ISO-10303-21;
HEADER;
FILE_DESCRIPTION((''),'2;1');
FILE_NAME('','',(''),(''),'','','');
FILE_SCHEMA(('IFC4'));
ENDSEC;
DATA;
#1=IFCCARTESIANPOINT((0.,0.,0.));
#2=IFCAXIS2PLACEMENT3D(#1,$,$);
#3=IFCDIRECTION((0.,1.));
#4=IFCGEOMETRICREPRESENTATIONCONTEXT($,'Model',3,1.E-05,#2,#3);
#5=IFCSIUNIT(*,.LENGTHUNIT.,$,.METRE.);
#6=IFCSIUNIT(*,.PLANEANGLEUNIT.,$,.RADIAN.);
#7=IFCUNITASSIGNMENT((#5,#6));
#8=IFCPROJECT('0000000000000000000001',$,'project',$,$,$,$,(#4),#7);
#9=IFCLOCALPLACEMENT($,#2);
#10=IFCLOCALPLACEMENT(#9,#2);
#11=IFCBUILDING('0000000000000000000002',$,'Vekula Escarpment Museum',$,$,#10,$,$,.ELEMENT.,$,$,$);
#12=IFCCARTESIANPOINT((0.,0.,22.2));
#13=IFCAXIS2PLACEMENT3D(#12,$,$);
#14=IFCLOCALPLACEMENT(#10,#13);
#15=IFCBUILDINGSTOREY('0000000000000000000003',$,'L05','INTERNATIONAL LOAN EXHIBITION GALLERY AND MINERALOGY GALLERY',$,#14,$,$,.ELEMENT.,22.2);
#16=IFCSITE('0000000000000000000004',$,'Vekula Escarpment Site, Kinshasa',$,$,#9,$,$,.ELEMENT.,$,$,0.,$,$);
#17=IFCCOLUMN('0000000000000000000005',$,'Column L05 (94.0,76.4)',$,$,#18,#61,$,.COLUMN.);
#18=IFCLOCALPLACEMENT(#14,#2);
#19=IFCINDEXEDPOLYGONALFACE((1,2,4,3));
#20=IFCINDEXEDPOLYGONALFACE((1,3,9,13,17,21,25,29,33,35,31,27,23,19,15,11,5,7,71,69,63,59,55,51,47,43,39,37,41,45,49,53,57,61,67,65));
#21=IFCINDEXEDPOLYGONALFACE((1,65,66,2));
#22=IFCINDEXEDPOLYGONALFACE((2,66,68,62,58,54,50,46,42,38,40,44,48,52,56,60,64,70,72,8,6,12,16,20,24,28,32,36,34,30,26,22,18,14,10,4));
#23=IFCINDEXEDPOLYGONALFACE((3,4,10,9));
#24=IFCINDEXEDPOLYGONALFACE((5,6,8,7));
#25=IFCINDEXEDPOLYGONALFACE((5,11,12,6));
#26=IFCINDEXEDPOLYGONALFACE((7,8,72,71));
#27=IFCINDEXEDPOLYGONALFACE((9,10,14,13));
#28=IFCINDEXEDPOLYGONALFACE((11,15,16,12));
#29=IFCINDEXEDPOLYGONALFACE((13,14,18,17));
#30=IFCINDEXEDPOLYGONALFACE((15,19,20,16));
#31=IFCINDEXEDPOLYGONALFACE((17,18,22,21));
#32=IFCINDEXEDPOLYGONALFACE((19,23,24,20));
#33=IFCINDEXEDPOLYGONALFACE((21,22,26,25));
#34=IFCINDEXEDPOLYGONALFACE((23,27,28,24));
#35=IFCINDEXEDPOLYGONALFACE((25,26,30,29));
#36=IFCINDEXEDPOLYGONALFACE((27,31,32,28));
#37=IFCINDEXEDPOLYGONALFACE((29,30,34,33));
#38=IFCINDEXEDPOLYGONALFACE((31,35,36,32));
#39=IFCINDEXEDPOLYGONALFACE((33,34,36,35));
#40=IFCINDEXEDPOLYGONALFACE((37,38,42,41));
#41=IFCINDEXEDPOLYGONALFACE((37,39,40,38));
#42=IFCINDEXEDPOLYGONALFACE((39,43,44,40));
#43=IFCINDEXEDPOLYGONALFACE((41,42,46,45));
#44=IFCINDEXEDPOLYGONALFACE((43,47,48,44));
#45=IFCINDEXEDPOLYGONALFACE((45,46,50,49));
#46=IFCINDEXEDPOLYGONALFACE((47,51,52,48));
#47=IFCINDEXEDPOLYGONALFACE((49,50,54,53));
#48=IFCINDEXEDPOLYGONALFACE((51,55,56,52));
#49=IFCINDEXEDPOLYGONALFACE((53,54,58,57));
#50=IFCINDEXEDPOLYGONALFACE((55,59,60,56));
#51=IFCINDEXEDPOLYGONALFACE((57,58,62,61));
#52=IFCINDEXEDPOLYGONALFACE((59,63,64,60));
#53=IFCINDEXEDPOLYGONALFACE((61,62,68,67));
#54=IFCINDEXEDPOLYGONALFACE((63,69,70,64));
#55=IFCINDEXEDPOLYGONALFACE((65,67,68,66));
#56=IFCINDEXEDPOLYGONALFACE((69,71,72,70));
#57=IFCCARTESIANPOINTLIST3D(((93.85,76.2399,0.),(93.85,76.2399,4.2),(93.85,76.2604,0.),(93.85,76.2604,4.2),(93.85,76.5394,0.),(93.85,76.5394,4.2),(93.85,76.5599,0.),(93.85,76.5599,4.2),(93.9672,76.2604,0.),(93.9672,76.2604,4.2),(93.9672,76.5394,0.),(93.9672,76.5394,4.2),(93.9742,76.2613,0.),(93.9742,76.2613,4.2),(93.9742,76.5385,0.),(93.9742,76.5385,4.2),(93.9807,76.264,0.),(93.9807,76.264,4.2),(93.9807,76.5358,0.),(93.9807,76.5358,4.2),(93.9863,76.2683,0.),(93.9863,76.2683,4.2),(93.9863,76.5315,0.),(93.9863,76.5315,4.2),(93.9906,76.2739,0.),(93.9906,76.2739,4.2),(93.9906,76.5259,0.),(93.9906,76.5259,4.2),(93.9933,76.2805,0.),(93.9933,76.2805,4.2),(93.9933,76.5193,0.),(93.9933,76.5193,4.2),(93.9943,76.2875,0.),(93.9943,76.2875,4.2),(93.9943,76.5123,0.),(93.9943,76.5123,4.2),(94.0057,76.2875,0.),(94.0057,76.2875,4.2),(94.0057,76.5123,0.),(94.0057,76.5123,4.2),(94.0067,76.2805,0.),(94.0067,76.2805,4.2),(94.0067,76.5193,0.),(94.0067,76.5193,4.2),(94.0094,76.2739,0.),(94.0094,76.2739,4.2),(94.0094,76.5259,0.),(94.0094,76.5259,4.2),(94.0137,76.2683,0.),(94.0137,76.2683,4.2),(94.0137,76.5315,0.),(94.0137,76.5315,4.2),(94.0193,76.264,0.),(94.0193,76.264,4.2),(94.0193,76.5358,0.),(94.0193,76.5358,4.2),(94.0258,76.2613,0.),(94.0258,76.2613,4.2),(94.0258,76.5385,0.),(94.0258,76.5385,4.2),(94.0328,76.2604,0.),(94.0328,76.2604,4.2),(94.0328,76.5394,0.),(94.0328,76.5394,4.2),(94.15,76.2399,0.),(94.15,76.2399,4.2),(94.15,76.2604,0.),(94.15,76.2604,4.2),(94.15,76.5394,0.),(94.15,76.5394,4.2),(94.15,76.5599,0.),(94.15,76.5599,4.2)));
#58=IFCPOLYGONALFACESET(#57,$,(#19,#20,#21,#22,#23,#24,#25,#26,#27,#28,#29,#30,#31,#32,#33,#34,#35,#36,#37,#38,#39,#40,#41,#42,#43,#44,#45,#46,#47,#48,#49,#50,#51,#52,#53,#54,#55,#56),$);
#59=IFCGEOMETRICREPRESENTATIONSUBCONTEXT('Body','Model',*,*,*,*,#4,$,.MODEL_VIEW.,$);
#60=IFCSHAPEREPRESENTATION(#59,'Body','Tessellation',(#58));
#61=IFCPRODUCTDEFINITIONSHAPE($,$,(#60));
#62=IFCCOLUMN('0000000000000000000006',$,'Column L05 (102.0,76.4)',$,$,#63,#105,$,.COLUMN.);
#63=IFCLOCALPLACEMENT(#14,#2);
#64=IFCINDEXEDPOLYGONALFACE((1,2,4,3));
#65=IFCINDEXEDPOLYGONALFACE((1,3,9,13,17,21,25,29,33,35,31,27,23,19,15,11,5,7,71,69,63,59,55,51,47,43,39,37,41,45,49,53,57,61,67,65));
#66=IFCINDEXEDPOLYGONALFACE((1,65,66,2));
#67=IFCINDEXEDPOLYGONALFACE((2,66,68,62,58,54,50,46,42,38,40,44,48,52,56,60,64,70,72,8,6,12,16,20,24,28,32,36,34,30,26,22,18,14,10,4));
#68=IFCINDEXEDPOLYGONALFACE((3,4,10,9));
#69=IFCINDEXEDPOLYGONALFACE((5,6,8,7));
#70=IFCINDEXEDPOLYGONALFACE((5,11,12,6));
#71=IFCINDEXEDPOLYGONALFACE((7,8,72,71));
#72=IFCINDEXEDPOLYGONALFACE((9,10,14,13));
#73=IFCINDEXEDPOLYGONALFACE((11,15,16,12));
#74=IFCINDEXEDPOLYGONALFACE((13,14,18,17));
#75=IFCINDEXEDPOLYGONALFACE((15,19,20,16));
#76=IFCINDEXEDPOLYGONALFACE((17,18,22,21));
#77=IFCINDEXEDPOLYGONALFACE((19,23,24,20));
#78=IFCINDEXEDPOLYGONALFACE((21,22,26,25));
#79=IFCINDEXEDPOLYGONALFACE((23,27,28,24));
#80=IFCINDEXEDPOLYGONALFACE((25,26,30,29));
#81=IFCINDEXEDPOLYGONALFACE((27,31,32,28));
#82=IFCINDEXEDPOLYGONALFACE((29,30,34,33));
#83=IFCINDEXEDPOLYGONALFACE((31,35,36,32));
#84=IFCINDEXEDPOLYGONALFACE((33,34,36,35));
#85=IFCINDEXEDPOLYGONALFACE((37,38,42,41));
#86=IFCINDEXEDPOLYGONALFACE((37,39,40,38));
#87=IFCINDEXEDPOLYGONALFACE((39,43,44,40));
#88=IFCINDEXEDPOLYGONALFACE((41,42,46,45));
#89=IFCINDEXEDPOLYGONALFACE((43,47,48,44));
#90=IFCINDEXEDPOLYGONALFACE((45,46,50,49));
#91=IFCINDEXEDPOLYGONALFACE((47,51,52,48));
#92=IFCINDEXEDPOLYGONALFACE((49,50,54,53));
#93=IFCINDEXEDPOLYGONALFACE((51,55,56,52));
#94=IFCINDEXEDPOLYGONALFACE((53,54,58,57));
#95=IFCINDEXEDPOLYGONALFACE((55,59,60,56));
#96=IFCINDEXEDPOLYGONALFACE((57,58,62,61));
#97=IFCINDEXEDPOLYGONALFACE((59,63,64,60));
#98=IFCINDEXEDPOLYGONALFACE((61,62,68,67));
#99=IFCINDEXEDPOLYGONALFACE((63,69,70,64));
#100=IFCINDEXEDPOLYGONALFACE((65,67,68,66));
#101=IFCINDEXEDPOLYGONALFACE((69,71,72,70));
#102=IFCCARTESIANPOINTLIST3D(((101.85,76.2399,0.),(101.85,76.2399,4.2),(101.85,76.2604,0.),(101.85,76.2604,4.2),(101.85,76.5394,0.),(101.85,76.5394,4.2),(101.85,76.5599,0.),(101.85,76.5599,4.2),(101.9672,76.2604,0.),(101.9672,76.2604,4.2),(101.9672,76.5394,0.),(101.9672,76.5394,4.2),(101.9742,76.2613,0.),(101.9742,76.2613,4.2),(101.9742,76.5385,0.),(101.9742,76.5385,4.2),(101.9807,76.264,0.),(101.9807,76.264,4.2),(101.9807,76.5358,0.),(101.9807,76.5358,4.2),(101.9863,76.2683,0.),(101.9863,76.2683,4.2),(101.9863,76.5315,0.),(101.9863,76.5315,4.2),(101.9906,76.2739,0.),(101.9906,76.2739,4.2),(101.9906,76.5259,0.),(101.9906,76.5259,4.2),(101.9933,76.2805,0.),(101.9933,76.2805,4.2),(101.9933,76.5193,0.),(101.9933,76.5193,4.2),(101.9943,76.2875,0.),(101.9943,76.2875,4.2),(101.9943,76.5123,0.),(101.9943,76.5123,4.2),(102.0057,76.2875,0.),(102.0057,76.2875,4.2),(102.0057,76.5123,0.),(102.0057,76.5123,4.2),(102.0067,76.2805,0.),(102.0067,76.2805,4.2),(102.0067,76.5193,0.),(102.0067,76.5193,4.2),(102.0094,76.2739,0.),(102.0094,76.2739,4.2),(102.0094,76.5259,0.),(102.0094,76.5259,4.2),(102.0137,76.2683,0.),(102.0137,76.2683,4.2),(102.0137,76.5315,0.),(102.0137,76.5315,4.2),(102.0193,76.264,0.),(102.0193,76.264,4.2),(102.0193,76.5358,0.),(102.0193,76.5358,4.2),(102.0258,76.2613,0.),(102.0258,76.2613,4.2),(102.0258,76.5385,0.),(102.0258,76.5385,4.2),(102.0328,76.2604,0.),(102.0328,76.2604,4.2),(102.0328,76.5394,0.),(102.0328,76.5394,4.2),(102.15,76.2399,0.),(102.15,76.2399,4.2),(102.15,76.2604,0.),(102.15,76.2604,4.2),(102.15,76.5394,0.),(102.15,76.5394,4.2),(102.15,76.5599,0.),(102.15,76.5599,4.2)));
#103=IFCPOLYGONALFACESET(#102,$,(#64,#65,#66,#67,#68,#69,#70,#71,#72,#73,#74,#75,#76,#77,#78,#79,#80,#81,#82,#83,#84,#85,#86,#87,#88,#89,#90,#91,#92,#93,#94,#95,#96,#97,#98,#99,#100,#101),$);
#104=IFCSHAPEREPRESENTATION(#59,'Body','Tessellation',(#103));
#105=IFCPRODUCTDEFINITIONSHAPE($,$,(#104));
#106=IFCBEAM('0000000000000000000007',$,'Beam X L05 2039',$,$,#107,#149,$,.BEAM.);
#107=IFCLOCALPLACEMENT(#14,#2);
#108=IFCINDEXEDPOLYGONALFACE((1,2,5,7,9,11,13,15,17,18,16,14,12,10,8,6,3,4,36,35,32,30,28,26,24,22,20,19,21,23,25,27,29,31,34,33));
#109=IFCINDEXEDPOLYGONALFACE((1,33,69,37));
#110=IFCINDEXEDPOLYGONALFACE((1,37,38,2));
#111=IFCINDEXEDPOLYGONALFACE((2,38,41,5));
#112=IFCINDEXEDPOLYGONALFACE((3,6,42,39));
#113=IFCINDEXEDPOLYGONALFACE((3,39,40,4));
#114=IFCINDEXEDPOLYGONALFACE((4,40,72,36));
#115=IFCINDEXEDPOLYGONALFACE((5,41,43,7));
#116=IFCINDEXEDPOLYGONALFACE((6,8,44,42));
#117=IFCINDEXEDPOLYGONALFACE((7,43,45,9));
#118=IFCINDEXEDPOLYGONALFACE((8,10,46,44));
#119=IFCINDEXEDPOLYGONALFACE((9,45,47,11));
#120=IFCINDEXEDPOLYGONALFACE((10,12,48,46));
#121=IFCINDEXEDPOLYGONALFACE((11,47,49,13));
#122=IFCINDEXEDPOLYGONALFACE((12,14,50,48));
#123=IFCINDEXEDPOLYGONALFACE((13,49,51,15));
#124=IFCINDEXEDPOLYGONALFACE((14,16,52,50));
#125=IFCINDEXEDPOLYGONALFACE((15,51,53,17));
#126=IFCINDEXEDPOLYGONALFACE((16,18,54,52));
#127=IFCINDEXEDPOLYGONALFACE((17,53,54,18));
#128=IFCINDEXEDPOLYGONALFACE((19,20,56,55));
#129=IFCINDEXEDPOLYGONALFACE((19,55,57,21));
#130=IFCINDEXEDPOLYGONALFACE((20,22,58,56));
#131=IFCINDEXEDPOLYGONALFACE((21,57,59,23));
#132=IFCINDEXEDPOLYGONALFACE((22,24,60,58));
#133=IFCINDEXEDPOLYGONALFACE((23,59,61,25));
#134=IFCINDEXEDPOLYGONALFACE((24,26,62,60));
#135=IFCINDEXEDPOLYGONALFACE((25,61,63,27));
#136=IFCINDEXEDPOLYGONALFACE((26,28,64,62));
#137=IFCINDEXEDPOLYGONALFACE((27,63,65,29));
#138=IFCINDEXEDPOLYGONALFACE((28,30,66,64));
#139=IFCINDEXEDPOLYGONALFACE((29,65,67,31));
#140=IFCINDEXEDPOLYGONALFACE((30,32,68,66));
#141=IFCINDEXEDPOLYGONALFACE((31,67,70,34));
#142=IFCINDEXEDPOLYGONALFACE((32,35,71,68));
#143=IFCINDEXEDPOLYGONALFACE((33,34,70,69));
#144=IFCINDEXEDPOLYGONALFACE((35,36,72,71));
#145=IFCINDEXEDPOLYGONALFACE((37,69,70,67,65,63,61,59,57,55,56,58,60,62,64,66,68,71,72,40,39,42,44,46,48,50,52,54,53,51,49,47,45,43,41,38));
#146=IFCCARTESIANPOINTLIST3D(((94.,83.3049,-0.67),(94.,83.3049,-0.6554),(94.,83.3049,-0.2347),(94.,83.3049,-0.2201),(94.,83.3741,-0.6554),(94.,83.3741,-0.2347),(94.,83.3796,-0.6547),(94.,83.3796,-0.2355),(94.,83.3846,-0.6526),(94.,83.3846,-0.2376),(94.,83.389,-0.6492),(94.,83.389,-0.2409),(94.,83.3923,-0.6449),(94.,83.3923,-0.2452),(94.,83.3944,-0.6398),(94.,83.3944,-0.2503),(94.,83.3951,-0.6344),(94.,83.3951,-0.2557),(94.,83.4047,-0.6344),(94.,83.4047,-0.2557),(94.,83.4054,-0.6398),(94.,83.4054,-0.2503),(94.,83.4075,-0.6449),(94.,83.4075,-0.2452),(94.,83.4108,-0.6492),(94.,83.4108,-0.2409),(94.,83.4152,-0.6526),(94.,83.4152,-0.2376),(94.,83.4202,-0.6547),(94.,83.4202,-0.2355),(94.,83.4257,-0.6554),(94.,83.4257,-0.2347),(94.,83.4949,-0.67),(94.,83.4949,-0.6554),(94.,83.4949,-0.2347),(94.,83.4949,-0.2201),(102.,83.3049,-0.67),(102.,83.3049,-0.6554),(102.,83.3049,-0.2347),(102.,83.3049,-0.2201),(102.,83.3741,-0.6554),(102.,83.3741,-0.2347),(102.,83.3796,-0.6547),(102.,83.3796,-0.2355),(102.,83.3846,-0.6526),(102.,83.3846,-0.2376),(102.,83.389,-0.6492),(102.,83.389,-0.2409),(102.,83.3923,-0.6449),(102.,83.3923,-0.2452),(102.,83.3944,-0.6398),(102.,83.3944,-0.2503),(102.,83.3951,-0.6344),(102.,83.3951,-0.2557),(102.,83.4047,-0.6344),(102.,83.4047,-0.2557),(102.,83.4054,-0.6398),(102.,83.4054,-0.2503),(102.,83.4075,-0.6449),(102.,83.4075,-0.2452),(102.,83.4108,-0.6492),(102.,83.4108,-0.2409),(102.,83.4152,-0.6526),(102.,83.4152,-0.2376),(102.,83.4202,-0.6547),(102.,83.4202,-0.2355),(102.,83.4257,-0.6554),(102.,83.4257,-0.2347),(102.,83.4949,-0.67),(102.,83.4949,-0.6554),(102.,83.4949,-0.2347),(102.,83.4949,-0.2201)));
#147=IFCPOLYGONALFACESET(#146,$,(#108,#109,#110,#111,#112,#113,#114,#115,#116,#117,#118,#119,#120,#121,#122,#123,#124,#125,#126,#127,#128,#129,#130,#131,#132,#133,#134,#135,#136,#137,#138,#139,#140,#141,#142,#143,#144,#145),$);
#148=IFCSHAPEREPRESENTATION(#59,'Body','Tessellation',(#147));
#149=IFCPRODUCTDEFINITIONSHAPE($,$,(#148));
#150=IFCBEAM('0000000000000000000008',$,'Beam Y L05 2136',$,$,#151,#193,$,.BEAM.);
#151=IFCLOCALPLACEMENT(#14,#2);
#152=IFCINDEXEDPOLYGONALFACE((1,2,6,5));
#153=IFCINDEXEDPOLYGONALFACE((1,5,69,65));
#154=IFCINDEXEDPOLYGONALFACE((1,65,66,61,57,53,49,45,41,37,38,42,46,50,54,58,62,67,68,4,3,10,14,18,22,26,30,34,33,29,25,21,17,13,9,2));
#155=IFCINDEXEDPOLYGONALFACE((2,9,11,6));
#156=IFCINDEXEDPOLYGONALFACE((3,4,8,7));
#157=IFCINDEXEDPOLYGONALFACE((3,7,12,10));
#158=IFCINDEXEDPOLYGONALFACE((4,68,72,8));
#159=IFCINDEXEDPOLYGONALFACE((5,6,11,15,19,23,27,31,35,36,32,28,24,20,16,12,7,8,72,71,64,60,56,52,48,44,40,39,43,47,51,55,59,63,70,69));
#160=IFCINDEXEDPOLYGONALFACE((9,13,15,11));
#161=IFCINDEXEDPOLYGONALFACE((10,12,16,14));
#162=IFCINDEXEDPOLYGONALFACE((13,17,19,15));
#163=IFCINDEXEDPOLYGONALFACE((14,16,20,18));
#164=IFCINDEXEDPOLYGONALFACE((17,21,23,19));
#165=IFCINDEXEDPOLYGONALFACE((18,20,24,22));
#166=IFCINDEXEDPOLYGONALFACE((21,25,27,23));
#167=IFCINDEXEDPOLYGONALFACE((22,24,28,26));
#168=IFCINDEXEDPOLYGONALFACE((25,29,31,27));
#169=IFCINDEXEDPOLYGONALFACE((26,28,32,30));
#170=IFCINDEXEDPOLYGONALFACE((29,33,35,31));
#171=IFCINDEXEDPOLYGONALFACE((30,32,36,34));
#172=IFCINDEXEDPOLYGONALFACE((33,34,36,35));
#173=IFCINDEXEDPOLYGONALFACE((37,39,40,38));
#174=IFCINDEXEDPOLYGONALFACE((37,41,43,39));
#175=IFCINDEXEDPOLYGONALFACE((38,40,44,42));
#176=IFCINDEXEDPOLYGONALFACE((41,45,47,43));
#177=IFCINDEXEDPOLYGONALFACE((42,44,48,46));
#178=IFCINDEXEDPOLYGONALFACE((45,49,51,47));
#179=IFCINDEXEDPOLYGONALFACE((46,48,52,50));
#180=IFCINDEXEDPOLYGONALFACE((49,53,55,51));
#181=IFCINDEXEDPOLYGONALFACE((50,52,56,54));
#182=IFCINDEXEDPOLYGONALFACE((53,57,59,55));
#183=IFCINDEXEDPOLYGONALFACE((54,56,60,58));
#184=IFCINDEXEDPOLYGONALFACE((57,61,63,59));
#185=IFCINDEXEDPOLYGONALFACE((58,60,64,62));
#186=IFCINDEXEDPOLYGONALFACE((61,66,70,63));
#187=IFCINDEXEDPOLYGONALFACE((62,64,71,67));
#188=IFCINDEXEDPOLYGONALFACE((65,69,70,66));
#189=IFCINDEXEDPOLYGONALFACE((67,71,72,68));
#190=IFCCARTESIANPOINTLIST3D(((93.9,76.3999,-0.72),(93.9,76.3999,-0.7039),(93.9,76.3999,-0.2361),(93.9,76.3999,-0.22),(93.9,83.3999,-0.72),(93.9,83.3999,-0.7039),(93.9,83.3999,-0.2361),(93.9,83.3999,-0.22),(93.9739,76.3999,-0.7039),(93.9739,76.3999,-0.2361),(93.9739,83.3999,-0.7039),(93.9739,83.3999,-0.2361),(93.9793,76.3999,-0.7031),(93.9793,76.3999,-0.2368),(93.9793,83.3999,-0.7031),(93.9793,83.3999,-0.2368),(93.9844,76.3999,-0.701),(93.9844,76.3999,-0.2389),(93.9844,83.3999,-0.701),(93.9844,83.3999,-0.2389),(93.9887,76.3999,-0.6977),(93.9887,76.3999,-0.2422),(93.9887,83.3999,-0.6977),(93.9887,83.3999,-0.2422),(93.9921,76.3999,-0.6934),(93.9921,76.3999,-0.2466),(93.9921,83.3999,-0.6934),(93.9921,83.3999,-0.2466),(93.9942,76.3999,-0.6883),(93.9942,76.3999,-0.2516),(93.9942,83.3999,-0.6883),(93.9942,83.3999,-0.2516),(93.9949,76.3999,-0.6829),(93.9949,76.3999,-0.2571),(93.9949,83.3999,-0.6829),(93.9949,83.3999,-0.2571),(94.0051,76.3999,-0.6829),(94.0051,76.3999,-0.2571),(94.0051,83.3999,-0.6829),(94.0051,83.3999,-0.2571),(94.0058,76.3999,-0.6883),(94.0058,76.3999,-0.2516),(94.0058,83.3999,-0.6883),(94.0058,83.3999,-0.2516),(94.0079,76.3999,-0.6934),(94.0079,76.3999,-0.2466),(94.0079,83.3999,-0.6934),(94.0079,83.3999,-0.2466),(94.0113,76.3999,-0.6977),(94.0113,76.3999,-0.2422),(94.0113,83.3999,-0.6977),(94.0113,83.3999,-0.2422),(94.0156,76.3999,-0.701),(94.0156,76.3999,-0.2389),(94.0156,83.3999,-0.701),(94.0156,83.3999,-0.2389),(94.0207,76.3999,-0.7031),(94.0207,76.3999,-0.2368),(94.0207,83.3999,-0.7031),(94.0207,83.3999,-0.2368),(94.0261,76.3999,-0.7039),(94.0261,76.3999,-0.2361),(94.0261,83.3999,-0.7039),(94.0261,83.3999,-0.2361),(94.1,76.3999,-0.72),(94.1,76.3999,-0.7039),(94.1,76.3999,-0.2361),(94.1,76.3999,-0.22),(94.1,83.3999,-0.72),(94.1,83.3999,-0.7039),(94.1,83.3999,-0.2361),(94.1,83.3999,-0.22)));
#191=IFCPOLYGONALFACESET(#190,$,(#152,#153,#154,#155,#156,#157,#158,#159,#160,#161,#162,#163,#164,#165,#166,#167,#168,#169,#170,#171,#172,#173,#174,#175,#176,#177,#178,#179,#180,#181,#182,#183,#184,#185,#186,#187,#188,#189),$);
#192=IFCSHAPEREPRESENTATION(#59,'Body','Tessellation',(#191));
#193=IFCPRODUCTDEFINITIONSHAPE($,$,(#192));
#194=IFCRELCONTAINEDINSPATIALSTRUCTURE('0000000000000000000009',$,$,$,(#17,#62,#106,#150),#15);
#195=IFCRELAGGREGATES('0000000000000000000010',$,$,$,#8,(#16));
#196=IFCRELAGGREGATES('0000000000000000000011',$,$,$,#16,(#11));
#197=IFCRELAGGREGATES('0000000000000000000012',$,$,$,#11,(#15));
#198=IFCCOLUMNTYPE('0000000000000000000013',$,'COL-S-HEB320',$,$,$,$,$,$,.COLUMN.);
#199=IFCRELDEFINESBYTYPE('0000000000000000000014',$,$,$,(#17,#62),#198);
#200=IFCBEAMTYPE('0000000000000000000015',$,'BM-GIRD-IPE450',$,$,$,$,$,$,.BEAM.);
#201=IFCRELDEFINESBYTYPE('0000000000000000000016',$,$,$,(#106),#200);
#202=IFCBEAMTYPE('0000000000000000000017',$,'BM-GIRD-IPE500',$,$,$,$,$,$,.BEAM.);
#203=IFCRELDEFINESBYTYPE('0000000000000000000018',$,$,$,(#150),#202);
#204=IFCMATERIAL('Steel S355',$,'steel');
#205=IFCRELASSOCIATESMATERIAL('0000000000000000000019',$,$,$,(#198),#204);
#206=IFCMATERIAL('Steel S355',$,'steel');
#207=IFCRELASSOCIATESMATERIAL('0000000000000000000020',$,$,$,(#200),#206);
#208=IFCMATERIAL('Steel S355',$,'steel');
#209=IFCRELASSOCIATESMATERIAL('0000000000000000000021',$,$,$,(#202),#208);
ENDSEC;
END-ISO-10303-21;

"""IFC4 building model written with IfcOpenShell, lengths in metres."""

from ifc_helpers import new_model, si_unit, direction, frame, origin, origin_2d, place, context, subcontext, project, spatial, i_section, extrude, material, material_profile, profile_set, type_object, element, save


model = new_model("IFC4")

# Units and contexts
model_context = context("Model", 3, precision=1e-05, world=origin(), true_north=direction((0.0, 1.0)))
body_context = subcontext(model_context, "Body", "Model", "MODEL_VIEW")
ifc_project = project(units=[si_unit("LENGTHUNIT", "METRE"), si_unit("PLANEANGLEUNIT", "RADIAN")], contexts=[model_context])

# Site, building, storey
site_placement = place(None, origin())
site = spatial("IfcSite", under=ifc_project, at=site_placement, Name="Vekula Escarpment Site, Kinshasa", CompositionType="ELEMENT", RefElevation=0.0)
building_placement = place(site_placement, origin())
building = spatial("IfcBuilding", under=site, at=building_placement, Name="Vekula Escarpment Museum", CompositionType="ELEMENT")
storey_placement = place(building_placement, frame((0.0, 0.0, 22.2)))
storey = spatial("IfcBuildingStorey", under=building, at=storey_placement, Name="L05", Description="INTERNATIONAL LOAN EXHIBITION GALLERY AND MINERALOGY GALLERY", CompositionType="ELEMENT", Elevation=22.2)

# Columns
ifc_material_1 = material(Name="Steel S355", Category="steel")
ifc_material_profile_1 = material_profile(ifc_material_1, i_section(OverallWidth=0.3, OverallDepth=0.3201, WebThickness=0.0115, FlangeThickness=0.0205, FilletRadius=0.0271, at=origin_2d()), Name="HEB 320")
ifc_profile_set_1 = profile_set([ifc_material_profile_1], Name="Steel S355")
column_type = type_object("IfcColumnType", Name="COL-S-HEB320", PredefinedType="COLUMN", material=ifc_profile_set_1)
for number, where, z_axis, x_axis, name in (
    (1, (94.0, 76.3999, 0.0), (0.0, 0.0, 1.0), (1.0, 0.0, 0.0), "Column L05 (94.0,76.4)"),
    (2, (102.0, 76.3999, 0.0), (0.0, 0.0, 1.0), (1.0, 0.0, 0.0), "Column L05 (102.0,76.4)"),
):
    element("IfcColumn", number, at=place(storey_placement, frame(where, z_axis=z_axis, x_axis=x_axis)), inside=storey, type_object=column_type, Name=name, PredefinedType="COLUMN", context=body_context, shape_type="SweptSolid", body=[
        extrude(i_section(OverallWidth=0.3, OverallDepth=0.3201, WebThickness=0.0115, FlangeThickness=0.0205, FilletRadius=0.0271, at=origin_2d()), origin(), (0.0, 0.0, 1.0), 4.2),
    ])

# Beams
ifc_material_2 = material(Name="Steel S355", Category="steel")
ifc_material_profile_2 = material_profile(ifc_material_2, i_section(OverallWidth=0.1899, OverallDepth=0.45, WebThickness=0.0095, FlangeThickness=0.0146, FilletRadius=0.021, at=origin_2d()), Name="IPE 450")
ifc_profile_set_2 = profile_set([ifc_material_profile_2], Name="Steel S355")
beam_type_1 = type_object("IfcBeamType", Name="BM-GIRD-IPE450", PredefinedType="BEAM", material=ifc_profile_set_2)
beam_1_placement = place(storey_placement, frame((94.0, 83.3999, -0.4451), z_axis=(1.0, 0.0, 0.0), x_axis=(0.0, 1.0, 0.0)))
element("IfcBeam", 3, at=beam_1_placement, inside=storey, type_object=beam_type_1, Name="Beam X L05 2039", PredefinedType="BEAM", context=body_context, shape_type="SweptSolid", body=[
    extrude(i_section(OverallWidth=0.1899, OverallDepth=0.45, WebThickness=0.0095, FlangeThickness=0.0146, FilletRadius=0.021, at=origin_2d()), origin(), (0.0, 0.0, 1.0), 8.0),
])
ifc_material_3 = material(Name="Steel S355", Category="steel")
ifc_material_profile_3 = material_profile(ifc_material_3, i_section(OverallWidth=0.2, OverallDepth=0.5, WebThickness=0.0103, FlangeThickness=0.0161, FilletRadius=0.021, at=origin_2d()), Name="IPE 500")
ifc_profile_set_3 = profile_set([ifc_material_profile_3], Name="Steel S355")
beam_type_2 = type_object("IfcBeamType", Name="BM-GIRD-IPE500", PredefinedType="BEAM", material=ifc_profile_set_3)
for number, where, z_axis, x_axis, name in (
    (4, (94.0, 76.3999, -0.47), (0.0, 1.0, 0.0), (-1.0, 0.0, 0.0), "Beam Y L05 2136"),
):
    element("IfcBeam", number, at=place(storey_placement, frame(where, z_axis=z_axis, x_axis=x_axis)), inside=storey, type_object=beam_type_2, Name=name, PredefinedType="BEAM", context=body_context, shape_type="SweptSolid", body=[
        extrude(i_section(OverallWidth=0.2, OverallDepth=0.5, WebThickness=0.0103, FlangeThickness=0.0161, FilletRadius=0.021, at=origin_2d()), origin(), (0.0, 0.0, 1.0), 7.0),
    ])

save(model, "model.ifc")
